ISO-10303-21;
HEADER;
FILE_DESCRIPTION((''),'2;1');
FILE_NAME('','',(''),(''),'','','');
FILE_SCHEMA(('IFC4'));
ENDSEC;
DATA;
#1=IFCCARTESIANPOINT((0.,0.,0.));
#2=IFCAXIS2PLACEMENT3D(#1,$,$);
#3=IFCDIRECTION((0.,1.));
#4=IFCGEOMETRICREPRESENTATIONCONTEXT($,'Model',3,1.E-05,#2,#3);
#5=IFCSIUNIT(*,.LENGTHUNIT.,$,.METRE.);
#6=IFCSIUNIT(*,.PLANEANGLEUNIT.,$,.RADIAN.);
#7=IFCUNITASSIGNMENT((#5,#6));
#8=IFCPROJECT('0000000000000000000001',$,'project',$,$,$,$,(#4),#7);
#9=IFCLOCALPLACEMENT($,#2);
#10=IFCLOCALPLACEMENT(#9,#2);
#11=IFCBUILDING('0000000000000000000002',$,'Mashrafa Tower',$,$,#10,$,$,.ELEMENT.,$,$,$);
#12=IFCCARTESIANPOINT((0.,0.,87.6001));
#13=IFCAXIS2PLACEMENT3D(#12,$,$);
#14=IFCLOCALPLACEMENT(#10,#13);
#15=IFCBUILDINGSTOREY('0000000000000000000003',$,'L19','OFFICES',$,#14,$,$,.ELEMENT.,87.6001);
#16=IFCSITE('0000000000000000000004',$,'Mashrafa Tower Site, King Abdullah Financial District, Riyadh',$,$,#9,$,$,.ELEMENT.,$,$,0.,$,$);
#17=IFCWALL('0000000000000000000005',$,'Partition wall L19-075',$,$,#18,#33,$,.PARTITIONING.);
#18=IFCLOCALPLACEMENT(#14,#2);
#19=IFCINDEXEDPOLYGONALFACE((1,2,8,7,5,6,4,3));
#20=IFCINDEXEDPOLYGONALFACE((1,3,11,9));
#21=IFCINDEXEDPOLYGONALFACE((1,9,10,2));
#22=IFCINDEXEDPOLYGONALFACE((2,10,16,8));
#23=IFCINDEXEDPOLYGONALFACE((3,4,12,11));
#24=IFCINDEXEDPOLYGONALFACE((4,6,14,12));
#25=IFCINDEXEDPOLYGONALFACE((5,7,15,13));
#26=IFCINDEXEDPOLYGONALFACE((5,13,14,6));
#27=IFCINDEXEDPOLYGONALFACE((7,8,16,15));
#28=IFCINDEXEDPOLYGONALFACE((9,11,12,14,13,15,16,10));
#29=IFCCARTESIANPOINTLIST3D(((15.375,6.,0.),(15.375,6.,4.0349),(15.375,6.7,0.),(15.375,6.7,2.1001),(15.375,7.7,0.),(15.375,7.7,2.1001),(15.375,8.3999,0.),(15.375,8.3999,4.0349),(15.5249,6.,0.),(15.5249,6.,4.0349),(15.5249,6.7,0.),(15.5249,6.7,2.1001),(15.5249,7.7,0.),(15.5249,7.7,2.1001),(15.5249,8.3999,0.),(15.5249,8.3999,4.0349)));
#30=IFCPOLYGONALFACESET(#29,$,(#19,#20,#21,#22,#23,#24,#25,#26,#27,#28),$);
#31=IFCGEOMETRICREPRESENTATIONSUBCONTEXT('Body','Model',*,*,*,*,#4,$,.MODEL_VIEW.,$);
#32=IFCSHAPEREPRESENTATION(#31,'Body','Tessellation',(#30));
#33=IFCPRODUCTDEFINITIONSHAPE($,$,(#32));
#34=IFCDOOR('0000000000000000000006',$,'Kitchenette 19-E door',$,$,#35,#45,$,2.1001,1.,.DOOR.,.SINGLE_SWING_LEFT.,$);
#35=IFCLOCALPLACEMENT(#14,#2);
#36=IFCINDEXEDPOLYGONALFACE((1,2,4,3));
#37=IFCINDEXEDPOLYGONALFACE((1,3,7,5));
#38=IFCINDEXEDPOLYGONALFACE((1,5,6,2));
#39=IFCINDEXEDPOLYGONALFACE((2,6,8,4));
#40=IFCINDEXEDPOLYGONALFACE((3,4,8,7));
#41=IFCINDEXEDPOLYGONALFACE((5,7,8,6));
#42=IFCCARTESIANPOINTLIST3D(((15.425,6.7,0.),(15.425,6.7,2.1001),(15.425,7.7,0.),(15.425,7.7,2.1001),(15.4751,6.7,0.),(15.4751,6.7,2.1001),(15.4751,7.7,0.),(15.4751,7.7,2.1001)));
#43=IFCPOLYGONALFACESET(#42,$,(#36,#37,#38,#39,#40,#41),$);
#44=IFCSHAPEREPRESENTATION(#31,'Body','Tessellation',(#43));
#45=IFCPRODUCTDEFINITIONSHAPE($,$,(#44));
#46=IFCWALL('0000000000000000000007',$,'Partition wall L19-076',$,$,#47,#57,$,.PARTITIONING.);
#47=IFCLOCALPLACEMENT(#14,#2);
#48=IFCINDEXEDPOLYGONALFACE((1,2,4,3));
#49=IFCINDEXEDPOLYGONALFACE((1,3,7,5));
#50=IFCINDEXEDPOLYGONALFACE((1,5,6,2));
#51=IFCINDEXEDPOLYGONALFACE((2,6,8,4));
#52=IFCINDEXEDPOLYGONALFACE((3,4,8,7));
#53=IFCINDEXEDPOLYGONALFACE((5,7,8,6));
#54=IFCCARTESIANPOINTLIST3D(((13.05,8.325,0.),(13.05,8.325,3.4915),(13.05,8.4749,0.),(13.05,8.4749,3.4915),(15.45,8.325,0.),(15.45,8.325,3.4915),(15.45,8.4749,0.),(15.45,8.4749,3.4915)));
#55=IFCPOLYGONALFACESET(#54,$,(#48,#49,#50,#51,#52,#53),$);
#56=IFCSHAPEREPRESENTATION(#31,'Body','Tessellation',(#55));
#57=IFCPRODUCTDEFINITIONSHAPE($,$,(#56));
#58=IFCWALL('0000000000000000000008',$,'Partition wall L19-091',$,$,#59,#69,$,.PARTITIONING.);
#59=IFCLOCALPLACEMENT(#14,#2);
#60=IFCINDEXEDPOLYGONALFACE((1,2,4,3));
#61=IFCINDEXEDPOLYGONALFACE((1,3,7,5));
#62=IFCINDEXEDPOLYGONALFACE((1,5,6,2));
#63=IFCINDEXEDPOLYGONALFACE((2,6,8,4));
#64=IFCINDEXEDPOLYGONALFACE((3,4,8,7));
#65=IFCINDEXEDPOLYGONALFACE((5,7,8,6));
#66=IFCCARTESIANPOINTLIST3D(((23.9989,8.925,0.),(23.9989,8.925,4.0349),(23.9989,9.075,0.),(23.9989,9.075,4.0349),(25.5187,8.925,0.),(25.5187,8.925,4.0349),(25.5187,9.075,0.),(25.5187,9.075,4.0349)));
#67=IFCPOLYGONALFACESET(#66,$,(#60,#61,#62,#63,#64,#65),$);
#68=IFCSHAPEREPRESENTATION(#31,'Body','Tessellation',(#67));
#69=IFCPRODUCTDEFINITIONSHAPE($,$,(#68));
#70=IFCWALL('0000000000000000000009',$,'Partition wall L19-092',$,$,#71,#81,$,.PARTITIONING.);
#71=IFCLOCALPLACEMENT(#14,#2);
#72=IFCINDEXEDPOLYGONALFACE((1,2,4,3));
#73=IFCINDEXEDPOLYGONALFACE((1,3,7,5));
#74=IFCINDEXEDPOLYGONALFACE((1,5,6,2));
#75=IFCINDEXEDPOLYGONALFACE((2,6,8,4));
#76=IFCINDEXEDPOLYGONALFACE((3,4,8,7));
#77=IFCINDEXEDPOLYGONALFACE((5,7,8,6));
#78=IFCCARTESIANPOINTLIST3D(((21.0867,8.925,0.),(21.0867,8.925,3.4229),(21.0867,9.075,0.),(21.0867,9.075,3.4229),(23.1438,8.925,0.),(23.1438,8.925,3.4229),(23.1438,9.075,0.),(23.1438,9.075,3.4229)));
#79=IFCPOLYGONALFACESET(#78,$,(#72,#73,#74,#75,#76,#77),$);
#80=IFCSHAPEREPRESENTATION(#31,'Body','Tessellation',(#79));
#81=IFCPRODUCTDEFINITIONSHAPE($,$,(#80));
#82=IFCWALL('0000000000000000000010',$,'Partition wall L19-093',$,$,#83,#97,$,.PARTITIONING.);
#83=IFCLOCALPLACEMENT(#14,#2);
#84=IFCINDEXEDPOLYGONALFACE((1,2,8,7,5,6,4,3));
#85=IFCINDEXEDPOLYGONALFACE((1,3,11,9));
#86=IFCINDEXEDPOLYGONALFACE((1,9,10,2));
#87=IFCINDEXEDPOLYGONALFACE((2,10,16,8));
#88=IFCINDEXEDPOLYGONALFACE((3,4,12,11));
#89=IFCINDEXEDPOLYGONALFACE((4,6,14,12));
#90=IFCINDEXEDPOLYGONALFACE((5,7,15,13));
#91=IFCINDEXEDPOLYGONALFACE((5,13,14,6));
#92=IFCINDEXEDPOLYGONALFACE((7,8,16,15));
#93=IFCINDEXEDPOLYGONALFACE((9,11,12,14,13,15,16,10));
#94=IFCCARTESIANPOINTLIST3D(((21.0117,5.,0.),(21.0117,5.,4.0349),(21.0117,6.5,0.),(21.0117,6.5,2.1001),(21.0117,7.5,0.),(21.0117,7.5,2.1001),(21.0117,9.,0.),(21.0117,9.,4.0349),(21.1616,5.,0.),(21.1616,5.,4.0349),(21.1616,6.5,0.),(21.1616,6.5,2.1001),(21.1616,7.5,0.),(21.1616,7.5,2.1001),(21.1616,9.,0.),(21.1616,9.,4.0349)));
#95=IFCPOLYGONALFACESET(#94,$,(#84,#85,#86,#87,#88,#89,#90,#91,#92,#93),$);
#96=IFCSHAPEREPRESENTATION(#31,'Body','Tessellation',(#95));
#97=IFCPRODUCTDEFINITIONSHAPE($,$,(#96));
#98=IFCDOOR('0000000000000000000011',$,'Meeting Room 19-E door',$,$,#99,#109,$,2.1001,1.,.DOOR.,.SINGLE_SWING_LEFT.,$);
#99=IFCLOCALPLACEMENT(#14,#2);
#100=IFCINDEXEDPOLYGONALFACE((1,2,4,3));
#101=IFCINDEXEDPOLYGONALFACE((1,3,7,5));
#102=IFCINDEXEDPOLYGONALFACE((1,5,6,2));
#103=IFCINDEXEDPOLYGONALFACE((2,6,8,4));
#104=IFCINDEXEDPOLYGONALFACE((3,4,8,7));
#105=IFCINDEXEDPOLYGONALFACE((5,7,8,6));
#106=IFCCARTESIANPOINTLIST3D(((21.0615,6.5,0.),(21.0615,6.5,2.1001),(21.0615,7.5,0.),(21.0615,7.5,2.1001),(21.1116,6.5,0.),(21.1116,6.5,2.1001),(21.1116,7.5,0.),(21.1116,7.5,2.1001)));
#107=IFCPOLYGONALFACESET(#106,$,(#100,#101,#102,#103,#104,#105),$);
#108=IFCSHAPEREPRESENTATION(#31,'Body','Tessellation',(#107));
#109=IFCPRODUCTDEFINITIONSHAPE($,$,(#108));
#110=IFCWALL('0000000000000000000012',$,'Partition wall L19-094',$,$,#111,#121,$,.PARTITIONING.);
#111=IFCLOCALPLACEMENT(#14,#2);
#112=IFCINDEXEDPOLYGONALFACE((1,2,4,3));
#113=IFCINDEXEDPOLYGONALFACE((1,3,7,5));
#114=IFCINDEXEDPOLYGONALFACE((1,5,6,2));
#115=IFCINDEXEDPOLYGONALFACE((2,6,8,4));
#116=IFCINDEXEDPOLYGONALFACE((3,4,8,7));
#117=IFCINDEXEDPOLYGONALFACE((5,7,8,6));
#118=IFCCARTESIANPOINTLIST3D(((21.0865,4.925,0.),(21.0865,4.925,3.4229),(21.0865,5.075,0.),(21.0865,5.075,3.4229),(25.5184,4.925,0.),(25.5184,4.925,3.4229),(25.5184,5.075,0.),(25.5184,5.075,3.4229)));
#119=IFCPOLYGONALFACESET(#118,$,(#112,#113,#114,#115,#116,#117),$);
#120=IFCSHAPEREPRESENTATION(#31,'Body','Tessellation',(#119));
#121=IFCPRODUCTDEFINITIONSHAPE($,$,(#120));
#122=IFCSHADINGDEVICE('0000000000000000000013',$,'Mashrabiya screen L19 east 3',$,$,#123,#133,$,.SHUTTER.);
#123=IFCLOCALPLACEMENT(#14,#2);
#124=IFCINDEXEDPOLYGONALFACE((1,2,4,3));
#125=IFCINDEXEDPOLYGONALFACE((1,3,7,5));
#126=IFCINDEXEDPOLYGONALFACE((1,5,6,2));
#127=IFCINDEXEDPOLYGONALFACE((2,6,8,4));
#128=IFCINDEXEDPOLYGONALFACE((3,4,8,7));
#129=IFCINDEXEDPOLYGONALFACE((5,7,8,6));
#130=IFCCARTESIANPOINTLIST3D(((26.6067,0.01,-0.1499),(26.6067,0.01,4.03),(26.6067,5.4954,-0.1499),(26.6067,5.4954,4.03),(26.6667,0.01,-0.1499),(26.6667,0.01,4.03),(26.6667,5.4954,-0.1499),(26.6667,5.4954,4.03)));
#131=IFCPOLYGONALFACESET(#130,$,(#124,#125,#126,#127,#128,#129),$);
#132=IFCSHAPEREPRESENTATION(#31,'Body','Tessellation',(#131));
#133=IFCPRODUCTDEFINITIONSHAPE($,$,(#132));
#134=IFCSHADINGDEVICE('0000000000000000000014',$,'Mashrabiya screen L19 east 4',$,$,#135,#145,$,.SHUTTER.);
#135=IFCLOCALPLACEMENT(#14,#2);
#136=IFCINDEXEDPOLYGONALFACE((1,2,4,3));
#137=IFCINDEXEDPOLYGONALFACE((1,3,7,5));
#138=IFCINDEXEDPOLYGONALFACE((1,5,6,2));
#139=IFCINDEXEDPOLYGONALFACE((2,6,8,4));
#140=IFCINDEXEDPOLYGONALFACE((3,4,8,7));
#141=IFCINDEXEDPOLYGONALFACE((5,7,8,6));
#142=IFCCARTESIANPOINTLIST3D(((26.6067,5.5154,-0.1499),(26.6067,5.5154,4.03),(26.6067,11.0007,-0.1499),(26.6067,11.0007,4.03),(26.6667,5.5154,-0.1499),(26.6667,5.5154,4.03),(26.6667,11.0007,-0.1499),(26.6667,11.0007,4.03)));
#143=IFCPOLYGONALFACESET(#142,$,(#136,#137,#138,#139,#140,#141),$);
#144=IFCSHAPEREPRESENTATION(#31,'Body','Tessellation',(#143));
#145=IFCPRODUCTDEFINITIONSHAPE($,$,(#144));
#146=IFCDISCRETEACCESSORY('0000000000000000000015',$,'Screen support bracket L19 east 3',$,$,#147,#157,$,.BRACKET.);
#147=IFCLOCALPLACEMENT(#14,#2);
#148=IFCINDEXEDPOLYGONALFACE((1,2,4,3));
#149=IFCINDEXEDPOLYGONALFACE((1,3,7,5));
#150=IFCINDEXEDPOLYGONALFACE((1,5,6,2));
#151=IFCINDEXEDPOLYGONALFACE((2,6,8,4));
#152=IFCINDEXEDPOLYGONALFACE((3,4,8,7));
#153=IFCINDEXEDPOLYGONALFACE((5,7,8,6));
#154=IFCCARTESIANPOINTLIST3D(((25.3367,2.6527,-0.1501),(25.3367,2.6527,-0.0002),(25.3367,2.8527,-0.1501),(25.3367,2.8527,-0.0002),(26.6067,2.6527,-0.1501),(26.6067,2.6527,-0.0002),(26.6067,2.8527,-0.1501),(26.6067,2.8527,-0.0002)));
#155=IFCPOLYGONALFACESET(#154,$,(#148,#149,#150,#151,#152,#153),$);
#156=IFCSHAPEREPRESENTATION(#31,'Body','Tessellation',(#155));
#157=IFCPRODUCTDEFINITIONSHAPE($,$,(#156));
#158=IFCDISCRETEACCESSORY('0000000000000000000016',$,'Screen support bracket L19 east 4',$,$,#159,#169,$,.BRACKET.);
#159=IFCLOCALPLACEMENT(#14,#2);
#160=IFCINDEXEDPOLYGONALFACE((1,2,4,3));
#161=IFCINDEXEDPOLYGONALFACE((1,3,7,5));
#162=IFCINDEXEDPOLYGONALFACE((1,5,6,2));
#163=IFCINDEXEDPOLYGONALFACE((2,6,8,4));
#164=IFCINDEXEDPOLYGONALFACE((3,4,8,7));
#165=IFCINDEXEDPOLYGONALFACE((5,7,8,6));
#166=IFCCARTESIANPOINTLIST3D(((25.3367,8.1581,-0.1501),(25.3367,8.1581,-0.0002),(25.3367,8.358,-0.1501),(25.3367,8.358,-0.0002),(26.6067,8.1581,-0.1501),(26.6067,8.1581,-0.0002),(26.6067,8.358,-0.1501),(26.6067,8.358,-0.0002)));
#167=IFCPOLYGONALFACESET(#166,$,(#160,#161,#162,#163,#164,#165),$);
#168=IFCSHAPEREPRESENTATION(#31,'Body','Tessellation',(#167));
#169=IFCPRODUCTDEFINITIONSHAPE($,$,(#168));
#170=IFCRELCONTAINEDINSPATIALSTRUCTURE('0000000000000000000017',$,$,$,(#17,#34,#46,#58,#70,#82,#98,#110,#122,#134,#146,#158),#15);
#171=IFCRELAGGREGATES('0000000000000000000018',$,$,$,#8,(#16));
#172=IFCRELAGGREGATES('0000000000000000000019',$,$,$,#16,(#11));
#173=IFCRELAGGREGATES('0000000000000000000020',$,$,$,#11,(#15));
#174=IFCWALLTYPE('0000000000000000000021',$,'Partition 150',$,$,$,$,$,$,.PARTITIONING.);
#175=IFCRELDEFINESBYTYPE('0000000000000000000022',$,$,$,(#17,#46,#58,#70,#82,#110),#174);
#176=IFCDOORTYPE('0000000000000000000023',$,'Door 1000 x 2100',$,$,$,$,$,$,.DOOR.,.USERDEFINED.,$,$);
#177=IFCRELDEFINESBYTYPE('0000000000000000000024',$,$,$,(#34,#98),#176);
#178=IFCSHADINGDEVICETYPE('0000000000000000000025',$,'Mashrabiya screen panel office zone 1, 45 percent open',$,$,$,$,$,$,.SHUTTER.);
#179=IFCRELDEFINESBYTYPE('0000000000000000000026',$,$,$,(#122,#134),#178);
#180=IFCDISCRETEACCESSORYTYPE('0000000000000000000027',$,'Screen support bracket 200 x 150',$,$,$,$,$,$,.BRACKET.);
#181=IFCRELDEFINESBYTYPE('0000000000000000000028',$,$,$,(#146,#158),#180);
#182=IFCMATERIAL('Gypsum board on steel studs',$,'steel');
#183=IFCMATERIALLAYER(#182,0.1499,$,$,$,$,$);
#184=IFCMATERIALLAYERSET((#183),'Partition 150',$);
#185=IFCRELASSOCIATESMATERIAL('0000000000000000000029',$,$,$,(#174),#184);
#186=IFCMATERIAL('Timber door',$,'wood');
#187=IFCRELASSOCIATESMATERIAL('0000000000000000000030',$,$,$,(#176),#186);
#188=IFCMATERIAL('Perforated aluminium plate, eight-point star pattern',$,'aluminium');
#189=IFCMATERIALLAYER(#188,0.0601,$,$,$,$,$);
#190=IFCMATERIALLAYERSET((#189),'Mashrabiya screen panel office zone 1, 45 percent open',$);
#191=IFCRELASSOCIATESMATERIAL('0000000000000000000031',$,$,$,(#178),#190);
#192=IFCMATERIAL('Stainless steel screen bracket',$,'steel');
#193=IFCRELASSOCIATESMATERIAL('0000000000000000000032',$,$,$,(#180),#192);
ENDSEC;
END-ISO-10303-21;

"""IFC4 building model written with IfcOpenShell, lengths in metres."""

from ifc_helpers import new_model, si_unit, direction, frame, frame_2d, origin, origin_2d, place, context, subcontext, project, spatial, rectangle, extrude, source, transform, mapped, material, layer, layer_set, type_object, type_shapes, element, fill, save


model = new_model("IFC4")

# Units and contexts
model_context = context("Model", 3, precision=1e-05, world=origin(), true_north=direction((0.0, 1.0)))
body_context = subcontext(model_context, "Body", "Model", "MODEL_VIEW")
ifc_project = project(units=[si_unit("LENGTHUNIT", "METRE"), si_unit("PLANEANGLEUNIT", "RADIAN")], contexts=[model_context])

# Site, building, storey
site_placement = place(None, origin())
site = spatial("IfcSite", under=ifc_project, at=site_placement, Name="Mashrafa Tower Site, King Abdullah Financial District, Riyadh", CompositionType="ELEMENT", RefElevation=0.0)
building_placement = place(site_placement, origin())
building = spatial("IfcBuilding", under=site, at=building_placement, Name="Mashrafa Tower", CompositionType="ELEMENT")
storey_placement = place(building_placement, frame((0.0, 0.0, 87.6001)))
storey = spatial("IfcBuildingStorey", under=building, at=storey_placement, Name="L19", Description="OFFICES", CompositionType="ELEMENT", Elevation=87.6001)

# Shared definitions
ifc_material_1 = material(Name="Gypsum board on steel studs", Category="steel")
ifc_layer_1 = layer(ifc_material_1, 0.1499)
ifc_layer_set_1 = layer_set([ifc_layer_1], Name="Partition 150")
wall_type_1 = type_object("IfcWallType", Name="Partition 150", PredefinedType="PARTITIONING", material=ifc_layer_set_1)

# Wall, opening, door
wall_1_placement = place(storey_placement, frame((15.45, 6.0, 0.0), z_axis=(0.0, 0.0, 1.0), x_axis=(0.0, 1.0, 0.0)))
wall_1 = element("IfcWall", 1, at=wall_1_placement, inside=storey, type_object=wall_type_1, Name="Partition wall L19-075", PredefinedType="PARTITIONING", context=body_context, shape_type="SweptSolid", body=[
    extrude(rectangle(XDim=2.3999, YDim=0.1499, at=frame_2d((1.2, 0.0))), origin(), (0.0, 0.0, 1.0), 4.0349),
])
opening_1_placement = place(wall_1_placement, frame((0.7, 0.0, 0.0)))
opening_1 = element("IfcOpeningElement", 2, at=opening_1_placement, cuts=wall_1, PredefinedType="OPENING", context=body_context, shape_type="SweptSolid", body=[
    extrude(rectangle(XDim=1.0, YDim=2.1001, at=frame_2d((0.5, 1.05))), frame((0.0, 0.085, 0.0), z_axis=(0.0, -1.0, 0.0), x_axis=(1.0, 0.0, 0.0)), (0.0, 0.0, 1.0), 0.1699),
])
ifc_material_2 = material(Name="Timber door", Category="wood")
door_type = type_object("IfcDoorType", Name="Door 1000 x 2100", OperationType="USERDEFINED", PredefinedType="DOOR", material=ifc_material_2)
door_1_placement = place(opening_1_placement, origin())
door_1 = element("IfcDoor", 3, at=door_1_placement, inside=storey, type_object=door_type, Name="Kitchenette 19-E door", OperationType="SINGLE_SWING_LEFT", OverallHeight=2.1001, OverallWidth=1.0, PredefinedType="DOOR", context=body_context, shape_type="SweptSolid", body=[
    extrude(rectangle(XDim=1.0, YDim=2.1001, at=frame_2d((0.5, 1.05))), frame((0.0, 0.0249, 0.0), z_axis=(0.0, -1.0, 0.0), x_axis=(1.0, 0.0, 0.0)), (0.0, 0.0, 1.0), 0.05),
])
fill(opening_1, door_1)

# Walls
wall_2_placement = place(storey_placement, frame((15.45, 8.3999, 0.0), z_axis=(0.0, 0.0, 1.0), x_axis=(-1.0, 0.0, 0.0)))
element("IfcWall", 4, at=wall_2_placement, inside=storey, type_object=wall_type_1, Name="Partition wall L19-076", PredefinedType="PARTITIONING", context=body_context, shape_type="SweptSolid", body=[
    extrude(rectangle(XDim=2.3999, YDim=0.1499, at=frame_2d((1.2, 0.0))), origin(), (0.0, 0.0, 1.0), 3.4915),
])
wall_3_placement = place(storey_placement, frame((25.5186, 9.0, 0.0), z_axis=(0.0, 0.0, 1.0), x_axis=(-1.0, 0.0, 0.0)))
element("IfcWall", 5, at=wall_3_placement, inside=storey, type_object=wall_type_1, Name="Partition wall L19-091", PredefinedType="PARTITIONING", context=body_context, shape_type="SweptSolid", body=[
    extrude(rectangle(XDim=1.5198, YDim=0.1499, at=frame_2d((0.7598, 0.0))), origin(), (0.0, 0.0, 1.0), 4.0349),
])
wall_4_placement = place(storey_placement, frame((23.1438, 9.0, 0.0), z_axis=(0.0, 0.0, 1.0), x_axis=(-1.0, 0.0, 0.0)))
element("IfcWall", 6, at=wall_4_placement, inside=storey, type_object=wall_type_1, Name="Partition wall L19-092", PredefinedType="PARTITIONING", context=body_context, shape_type="SweptSolid", body=[
    extrude(rectangle(XDim=2.0571, YDim=0.1499, at=frame_2d((1.0286, 0.0))), origin(), (0.0, 0.0, 1.0), 3.4229),
])

# Wall, opening, door
wall_5_placement = place(storey_placement, frame((21.0867, 9.0, 0.0), z_axis=(0.0, 0.0, 1.0), x_axis=(0.0, -1.0, 0.0)))
wall_5 = element("IfcWall", 7, at=wall_5_placement, inside=storey, type_object=wall_type_1, Name="Partition wall L19-093", PredefinedType="PARTITIONING", context=body_context, shape_type="SweptSolid", body=[
    extrude(rectangle(XDim=4.0, YDim=0.1499, at=frame_2d((2.0, 0.0))), origin(), (0.0, 0.0, 1.0), 4.0349),
])
opening_2_placement = place(wall_5_placement, frame((1.5, 0.0, 0.0)))
opening_2 = element("IfcOpeningElement", 8, at=opening_2_placement, cuts=wall_5, PredefinedType="OPENING", context=body_context, shape_type="SweptSolid", body=[
    extrude(rectangle(XDim=1.0, YDim=2.1001, at=frame_2d((0.5, 1.05))), frame((0.0, 0.085, 0.0), z_axis=(0.0, -1.0, 0.0), x_axis=(1.0, 0.0, 0.0)), (0.0, 0.0, 1.0), 0.1699),
])
door_2_placement = place(opening_2_placement, origin())
door_2 = element("IfcDoor", 9, at=door_2_placement, inside=storey, type_object=door_type, Name="Meeting Room 19-E door", OperationType="SINGLE_SWING_LEFT", OverallHeight=2.1001, OverallWidth=1.0, PredefinedType="DOOR", context=body_context, shape_type="SweptSolid", body=[
    extrude(rectangle(XDim=1.0, YDim=2.1001, at=frame_2d((0.5, 1.05))), frame((0.0, 0.0249, 0.0), z_axis=(0.0, -1.0, 0.0), x_axis=(1.0, 0.0, 0.0)), (0.0, 0.0, 1.0), 0.05),
])
fill(opening_2, door_2)

# Wall
wall_6_placement = place(storey_placement, frame((21.0867, 5.0, 0.0), z_axis=(0.0, 0.0, 1.0), x_axis=(1.0, 0.0, 0.0)))
element("IfcWall", 10, at=wall_6_placement, inside=storey, type_object=wall_type_1, Name="Partition wall L19-094", PredefinedType="PARTITIONING", context=body_context, shape_type="SweptSolid", body=[
    extrude(rectangle(XDim=4.4319, YDim=0.1499, at=frame_2d((2.2158, 0.0))), origin(), (0.0, 0.0, 1.0), 3.4229),
])

# Shading devices
ifc_material_3 = material(Name="Perforated aluminium plate, eight-point star pattern", Category="aluminium")
ifc_layer_2 = layer(ifc_material_3, 0.0601)
ifc_layer_set_2 = layer_set([ifc_layer_2], Name="Mashrabiya screen panel office zone 1, 45 percent open")
shading_device_type = type_object("IfcShadingDeviceType", Name="Mashrabiya screen panel office zone 1, 45 percent open", PredefinedType="SHUTTER", material=ifc_layer_set_2)
shared_shape_1 = source(origin(), body_context, "Body", "SweptSolid", [
    extrude(rectangle(XDim=5.4854, YDim=0.0601, at=origin_2d()), origin(), (0.0, 0.0, 1.0), 4.1799),
])
type_shapes(shading_device_type, [shared_shape_1])
for number, where, z_axis, x_axis, name in (
    (11, (26.6367, 2.7527, -0.1499), (0.0, 0.0, 1.0), (0.0, 1.0, 0.0), "Mashrabiya screen L19 east 3"),
    (12, (26.6367, 8.2581, -0.1499), (0.0, 0.0, 1.0), (0.0, 1.0, 0.0), "Mashrabiya screen L19 east 4"),
):
    element("IfcShadingDevice", number, at=place(storey_placement, frame(where, z_axis=z_axis, x_axis=x_axis)), inside=storey, type_object=shading_device_type, Name=name, PredefinedType="SHUTTER", context=body_context, shape_type="MappedRepresentation", body=[
        mapped(shared_shape_1, transform((0.0, 0.0, 0.0))),
    ])

# Discrete accessories
ifc_material_4 = material(Name="Stainless steel screen bracket", Category="steel")
discrete_accessory_type = type_object("IfcDiscreteAccessoryType", Name="Screen support bracket 200 x 150", PredefinedType="BRACKET", material=ifc_material_4)
shared_shape_2 = source(origin(), body_context, "Body", "SweptSolid", [
    extrude(rectangle(XDim=0.2, YDim=1.27, at=origin_2d()), origin(), (0.0, 0.0, 1.0), 0.1499),
])
type_shapes(discrete_accessory_type, [shared_shape_2])
for number, where, z_axis, x_axis, name in (
    (13, (25.9717, 2.7527, -0.1501), (0.0, 0.0, 1.0), (0.0, 1.0, 0.0), "Screen support bracket L19 east 3"),
    (14, (25.9717, 8.2581, -0.1501), (0.0, 0.0, 1.0), (0.0, 1.0, 0.0), "Screen support bracket L19 east 4"),
):
    element("IfcDiscreteAccessory", number, at=place(storey_placement, frame(where, z_axis=z_axis, x_axis=x_axis)), inside=storey, type_object=discrete_accessory_type, Name=name, PredefinedType="BRACKET", context=body_context, shape_type="MappedRepresentation", body=[
        mapped(shared_shape_2, transform((0.0, 0.0, 0.0))),
    ])

save(model, "model.ifc")
